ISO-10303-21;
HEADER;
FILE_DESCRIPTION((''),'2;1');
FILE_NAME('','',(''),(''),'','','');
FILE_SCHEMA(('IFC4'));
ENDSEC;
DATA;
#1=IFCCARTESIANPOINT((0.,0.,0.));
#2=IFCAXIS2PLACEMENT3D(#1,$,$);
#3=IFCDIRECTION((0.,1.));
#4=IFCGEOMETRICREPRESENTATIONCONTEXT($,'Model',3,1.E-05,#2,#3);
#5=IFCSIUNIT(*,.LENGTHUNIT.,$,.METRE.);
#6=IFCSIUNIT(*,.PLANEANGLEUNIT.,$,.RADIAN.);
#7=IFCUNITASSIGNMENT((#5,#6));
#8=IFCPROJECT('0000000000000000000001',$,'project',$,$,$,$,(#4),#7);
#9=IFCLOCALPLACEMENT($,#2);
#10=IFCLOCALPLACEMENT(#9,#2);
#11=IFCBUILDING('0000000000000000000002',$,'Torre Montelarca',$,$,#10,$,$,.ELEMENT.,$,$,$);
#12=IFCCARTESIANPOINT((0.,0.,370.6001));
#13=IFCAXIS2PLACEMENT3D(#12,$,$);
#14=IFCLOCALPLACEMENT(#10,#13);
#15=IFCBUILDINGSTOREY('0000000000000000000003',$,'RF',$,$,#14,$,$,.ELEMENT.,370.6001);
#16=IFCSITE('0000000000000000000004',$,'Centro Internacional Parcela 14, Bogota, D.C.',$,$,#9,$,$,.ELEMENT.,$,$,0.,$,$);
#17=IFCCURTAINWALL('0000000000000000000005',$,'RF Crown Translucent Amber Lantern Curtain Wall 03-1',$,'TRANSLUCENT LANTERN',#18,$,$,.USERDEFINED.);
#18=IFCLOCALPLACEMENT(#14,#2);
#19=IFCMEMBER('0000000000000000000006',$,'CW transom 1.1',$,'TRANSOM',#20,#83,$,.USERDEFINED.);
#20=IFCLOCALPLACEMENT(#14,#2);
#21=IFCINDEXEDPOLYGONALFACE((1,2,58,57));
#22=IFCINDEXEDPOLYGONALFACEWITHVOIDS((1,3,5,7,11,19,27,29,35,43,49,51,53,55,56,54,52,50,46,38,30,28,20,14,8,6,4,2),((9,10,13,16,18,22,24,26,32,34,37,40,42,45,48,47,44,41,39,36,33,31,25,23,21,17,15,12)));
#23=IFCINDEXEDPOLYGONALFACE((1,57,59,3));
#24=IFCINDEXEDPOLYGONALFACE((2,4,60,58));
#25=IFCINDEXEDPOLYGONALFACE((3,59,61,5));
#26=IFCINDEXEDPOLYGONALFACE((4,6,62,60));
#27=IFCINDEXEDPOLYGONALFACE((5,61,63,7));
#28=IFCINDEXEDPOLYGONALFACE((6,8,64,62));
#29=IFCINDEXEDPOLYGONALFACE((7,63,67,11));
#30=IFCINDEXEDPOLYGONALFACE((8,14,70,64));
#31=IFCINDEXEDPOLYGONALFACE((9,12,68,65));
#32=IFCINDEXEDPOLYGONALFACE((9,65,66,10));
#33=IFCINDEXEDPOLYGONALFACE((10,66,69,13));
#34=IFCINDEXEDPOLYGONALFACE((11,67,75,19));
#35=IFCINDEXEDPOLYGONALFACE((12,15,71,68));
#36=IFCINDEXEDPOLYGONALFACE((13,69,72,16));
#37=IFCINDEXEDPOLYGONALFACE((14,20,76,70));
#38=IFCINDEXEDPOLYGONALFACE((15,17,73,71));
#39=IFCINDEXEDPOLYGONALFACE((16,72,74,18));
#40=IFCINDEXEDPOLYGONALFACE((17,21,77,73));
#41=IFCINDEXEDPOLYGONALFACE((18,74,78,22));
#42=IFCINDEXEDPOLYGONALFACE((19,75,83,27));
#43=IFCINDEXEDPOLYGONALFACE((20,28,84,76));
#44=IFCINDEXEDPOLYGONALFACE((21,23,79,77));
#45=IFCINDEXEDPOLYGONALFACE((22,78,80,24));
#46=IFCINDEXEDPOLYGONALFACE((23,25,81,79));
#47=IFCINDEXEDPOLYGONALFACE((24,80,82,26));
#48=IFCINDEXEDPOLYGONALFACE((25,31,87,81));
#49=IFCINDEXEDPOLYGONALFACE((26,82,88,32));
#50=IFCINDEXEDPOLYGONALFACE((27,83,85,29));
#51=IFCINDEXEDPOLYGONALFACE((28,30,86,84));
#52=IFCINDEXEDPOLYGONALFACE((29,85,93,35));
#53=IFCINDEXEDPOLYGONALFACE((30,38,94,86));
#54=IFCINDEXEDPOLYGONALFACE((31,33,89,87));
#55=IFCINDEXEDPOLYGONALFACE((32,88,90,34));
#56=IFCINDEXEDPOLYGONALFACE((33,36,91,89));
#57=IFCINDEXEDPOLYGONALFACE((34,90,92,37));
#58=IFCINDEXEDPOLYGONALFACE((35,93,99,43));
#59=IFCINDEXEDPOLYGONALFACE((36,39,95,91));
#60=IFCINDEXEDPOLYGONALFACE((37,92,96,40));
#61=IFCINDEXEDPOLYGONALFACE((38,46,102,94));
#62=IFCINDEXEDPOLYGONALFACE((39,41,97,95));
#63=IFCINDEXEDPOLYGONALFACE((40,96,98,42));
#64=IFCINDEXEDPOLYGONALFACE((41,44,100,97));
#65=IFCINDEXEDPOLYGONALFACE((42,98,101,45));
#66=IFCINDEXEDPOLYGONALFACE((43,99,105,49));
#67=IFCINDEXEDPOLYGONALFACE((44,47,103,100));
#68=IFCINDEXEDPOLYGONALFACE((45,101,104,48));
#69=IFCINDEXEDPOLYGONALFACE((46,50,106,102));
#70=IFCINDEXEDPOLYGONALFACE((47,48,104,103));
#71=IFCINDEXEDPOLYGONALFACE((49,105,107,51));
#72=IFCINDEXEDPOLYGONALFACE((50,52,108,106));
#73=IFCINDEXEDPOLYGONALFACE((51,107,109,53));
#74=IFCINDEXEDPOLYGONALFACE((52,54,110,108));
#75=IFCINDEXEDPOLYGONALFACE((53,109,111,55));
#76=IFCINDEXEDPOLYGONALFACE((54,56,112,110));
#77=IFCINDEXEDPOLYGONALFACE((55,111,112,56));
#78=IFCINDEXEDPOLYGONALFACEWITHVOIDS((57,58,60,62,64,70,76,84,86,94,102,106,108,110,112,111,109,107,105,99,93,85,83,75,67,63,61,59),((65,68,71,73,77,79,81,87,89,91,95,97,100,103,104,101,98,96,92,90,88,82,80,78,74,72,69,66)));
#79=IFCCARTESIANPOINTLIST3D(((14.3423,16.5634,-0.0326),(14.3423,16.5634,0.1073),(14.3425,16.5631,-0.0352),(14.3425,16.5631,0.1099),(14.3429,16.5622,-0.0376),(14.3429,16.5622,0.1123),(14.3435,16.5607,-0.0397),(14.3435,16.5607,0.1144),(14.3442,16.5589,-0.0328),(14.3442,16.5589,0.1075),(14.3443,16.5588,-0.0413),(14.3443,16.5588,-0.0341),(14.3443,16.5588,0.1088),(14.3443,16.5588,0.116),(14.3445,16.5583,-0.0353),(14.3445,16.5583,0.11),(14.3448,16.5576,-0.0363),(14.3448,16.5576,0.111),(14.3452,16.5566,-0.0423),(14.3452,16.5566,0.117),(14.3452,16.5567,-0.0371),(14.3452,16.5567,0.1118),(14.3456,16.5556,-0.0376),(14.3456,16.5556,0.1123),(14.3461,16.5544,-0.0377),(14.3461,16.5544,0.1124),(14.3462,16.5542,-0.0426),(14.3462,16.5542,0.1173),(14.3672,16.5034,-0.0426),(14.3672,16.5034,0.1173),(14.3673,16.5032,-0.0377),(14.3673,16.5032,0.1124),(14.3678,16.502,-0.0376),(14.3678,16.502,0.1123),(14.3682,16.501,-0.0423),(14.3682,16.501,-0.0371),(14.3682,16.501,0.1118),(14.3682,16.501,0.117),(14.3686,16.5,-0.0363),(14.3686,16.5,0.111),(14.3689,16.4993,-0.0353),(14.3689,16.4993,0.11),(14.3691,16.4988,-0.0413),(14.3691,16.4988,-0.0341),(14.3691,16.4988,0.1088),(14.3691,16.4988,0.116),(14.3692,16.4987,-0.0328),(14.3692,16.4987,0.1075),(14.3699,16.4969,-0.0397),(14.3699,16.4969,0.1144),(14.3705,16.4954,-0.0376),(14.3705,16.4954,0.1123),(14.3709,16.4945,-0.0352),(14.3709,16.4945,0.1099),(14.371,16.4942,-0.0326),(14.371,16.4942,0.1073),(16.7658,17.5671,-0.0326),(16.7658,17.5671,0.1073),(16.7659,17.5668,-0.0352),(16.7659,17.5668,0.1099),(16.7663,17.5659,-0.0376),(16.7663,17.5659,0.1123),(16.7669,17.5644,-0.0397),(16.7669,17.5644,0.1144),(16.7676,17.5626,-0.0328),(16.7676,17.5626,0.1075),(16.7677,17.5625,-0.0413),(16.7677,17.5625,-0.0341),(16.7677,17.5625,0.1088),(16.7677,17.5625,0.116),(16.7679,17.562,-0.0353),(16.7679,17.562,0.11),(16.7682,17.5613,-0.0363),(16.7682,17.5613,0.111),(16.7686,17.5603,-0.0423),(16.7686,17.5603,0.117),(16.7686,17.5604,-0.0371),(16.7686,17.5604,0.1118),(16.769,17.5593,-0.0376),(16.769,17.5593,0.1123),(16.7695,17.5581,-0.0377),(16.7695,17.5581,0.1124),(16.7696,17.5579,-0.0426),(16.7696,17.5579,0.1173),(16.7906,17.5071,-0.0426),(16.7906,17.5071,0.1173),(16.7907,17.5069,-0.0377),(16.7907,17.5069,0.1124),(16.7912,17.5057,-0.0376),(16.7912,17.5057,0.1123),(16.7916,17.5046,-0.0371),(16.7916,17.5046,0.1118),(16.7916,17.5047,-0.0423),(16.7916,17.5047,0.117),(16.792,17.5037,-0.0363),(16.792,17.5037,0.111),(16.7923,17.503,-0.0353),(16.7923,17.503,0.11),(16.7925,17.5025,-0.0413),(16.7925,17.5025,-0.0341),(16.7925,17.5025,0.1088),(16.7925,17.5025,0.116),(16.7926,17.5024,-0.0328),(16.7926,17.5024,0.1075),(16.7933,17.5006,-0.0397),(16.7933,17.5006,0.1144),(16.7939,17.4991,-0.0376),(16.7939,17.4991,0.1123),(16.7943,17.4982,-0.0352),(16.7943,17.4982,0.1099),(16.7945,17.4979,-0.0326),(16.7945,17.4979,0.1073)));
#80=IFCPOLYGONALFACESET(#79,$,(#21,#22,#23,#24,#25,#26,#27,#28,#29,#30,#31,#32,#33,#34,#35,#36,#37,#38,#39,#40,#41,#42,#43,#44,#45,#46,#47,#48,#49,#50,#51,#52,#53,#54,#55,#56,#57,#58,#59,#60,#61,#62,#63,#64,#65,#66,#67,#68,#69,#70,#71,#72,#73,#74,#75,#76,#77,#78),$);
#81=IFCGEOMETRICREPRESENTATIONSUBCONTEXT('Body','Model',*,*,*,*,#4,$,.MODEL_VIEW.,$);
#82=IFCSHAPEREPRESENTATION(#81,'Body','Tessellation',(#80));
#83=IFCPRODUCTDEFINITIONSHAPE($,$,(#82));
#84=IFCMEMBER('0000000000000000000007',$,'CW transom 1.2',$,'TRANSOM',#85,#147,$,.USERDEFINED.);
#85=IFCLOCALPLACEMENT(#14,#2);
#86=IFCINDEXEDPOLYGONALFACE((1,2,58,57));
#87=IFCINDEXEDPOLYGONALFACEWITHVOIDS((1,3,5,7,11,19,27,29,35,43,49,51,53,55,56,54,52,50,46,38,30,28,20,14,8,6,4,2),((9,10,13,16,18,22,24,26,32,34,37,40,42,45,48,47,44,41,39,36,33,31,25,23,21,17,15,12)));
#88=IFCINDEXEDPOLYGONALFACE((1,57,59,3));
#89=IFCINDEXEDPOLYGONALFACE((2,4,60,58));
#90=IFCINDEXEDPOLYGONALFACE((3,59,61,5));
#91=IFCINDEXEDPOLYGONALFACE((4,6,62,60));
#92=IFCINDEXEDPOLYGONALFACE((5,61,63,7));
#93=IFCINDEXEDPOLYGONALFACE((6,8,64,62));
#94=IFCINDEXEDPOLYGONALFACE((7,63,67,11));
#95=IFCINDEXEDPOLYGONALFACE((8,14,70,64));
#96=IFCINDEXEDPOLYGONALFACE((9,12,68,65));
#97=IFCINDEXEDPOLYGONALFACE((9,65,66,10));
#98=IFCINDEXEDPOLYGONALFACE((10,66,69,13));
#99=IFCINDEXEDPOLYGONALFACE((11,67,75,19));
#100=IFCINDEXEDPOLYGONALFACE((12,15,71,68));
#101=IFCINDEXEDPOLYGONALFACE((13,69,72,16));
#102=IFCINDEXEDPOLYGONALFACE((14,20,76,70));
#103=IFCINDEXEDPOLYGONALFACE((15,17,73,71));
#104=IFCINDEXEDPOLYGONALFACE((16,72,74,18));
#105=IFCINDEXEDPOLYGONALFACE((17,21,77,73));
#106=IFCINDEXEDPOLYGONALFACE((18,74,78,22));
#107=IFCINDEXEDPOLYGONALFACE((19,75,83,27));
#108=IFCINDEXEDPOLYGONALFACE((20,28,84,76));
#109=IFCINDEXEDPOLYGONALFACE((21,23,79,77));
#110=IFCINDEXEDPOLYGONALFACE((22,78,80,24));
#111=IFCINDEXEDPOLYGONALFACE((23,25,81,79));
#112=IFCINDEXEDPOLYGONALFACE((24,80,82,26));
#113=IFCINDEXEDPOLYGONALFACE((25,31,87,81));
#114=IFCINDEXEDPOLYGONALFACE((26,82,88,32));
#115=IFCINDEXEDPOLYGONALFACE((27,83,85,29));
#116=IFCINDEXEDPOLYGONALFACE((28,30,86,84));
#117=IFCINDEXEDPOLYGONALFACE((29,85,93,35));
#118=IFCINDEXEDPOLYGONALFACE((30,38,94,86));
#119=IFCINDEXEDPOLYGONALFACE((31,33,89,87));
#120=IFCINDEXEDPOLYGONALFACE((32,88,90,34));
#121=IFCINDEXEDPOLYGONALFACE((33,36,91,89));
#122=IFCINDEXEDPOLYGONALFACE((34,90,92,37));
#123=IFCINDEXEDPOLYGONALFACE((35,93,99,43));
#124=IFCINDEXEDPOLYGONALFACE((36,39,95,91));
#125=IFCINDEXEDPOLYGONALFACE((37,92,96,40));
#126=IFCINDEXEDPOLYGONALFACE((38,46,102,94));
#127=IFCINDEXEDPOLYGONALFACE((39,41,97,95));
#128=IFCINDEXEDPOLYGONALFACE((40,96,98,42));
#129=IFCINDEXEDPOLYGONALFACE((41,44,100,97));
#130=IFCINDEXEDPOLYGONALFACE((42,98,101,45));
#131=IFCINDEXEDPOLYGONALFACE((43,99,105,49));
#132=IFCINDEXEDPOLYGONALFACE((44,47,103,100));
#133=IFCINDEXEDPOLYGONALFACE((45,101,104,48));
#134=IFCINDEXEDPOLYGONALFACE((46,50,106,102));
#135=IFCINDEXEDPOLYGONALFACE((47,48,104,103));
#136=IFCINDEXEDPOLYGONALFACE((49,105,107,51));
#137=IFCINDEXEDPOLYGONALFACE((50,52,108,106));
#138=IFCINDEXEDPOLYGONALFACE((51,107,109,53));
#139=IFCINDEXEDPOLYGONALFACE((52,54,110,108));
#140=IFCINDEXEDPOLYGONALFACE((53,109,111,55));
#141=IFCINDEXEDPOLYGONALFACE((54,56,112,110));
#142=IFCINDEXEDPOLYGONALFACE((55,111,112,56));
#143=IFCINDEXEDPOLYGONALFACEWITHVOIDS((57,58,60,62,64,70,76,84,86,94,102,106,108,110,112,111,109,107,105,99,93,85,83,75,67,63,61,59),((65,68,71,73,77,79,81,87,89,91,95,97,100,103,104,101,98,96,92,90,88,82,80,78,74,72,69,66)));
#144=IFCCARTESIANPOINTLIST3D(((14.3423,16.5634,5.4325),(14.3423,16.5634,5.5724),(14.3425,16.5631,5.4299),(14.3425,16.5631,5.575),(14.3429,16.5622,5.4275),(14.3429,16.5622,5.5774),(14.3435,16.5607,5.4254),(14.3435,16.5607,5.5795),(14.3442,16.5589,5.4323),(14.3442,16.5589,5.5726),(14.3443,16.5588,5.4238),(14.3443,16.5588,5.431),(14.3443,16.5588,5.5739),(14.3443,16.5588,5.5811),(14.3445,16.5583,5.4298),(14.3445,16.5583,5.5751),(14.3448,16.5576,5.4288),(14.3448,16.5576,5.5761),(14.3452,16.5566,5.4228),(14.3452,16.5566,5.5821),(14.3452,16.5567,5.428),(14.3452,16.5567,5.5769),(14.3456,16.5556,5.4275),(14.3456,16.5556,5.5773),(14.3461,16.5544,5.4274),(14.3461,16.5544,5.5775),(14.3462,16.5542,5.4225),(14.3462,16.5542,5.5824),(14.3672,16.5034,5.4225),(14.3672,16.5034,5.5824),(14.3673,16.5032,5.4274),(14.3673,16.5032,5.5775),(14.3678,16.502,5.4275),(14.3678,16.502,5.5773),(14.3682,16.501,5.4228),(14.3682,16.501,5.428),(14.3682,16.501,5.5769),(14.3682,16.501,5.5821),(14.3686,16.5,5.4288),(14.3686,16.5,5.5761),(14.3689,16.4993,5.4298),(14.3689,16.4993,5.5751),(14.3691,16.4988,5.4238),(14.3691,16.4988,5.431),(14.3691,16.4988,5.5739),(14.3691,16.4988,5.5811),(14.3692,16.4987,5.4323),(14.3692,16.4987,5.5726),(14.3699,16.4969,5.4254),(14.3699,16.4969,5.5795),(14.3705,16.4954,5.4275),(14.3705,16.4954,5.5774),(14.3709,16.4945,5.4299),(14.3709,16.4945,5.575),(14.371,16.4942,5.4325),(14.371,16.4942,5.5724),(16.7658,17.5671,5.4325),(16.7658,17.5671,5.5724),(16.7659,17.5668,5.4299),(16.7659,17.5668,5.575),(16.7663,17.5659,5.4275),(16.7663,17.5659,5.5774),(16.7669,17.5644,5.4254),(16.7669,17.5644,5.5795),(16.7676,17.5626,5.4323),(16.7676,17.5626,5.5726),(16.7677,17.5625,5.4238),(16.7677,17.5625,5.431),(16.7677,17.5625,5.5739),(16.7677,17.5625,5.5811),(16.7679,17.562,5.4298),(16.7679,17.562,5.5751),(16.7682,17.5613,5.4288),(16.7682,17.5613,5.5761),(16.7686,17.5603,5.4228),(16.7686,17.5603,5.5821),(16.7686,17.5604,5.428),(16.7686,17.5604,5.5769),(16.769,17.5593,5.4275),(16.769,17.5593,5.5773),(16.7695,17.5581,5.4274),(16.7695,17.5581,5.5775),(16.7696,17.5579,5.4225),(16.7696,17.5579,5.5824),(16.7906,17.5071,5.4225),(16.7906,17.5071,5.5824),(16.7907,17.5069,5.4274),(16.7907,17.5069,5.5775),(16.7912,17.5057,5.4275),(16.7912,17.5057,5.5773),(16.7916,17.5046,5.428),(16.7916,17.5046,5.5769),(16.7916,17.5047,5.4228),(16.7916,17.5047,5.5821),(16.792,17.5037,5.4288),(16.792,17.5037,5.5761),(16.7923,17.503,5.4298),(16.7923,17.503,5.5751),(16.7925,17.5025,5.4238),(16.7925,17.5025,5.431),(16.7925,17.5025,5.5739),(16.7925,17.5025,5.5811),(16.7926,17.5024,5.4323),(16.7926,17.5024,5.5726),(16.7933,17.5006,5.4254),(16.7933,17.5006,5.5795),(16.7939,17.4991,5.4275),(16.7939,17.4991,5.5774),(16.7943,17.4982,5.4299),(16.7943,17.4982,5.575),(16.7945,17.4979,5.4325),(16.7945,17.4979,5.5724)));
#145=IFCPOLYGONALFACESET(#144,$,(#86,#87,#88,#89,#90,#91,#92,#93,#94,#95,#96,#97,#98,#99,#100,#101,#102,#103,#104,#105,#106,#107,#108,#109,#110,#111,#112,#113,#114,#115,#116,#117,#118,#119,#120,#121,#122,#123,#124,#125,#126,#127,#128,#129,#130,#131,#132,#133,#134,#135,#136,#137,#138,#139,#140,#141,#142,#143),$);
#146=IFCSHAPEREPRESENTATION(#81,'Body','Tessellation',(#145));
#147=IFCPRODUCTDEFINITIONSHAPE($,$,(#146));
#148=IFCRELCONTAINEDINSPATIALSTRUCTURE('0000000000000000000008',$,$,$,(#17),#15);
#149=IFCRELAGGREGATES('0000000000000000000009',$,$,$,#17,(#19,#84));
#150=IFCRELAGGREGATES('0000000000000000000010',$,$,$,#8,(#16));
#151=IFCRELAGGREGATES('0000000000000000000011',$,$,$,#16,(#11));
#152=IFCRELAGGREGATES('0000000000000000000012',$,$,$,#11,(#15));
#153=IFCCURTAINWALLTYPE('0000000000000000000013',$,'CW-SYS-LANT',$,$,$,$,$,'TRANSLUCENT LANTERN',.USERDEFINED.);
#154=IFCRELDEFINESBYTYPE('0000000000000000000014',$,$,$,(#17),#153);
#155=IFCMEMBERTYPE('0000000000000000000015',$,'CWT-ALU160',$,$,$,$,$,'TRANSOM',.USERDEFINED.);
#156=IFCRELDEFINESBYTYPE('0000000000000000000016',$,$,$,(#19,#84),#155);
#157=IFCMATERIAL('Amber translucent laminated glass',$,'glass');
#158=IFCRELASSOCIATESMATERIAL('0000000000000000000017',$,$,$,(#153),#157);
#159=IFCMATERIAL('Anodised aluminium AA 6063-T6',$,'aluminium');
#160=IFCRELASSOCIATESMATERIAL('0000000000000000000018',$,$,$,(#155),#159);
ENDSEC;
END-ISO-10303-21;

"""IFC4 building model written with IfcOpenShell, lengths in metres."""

from ifc_helpers import new_model, si_unit, direction, frame, origin, origin_2d, place, context, subcontext, project, spatial, hollow_rectangle, extrude, source, transform, mapped, material, material_profile, profile_set, type_object, element, aggregate, save


model = new_model("IFC4")

# Units and contexts
model_context = context("Model", 3, precision=1e-05, world=origin(), true_north=direction((0.0, 1.0)))
body_context = subcontext(model_context, "Body", "Model", "MODEL_VIEW")
ifc_project = project(units=[si_unit("LENGTHUNIT", "METRE"), si_unit("PLANEANGLEUNIT", "RADIAN")], contexts=[model_context])

# Site, building, storey
site_placement = place(None, origin())
site = spatial("IfcSite", under=ifc_project, at=site_placement, Name="Centro Internacional Parcela 14, Bogota, D.C.", CompositionType="ELEMENT", RefElevation=0.0)
building_placement = place(site_placement, origin())
building = spatial("IfcBuilding", under=site, at=building_placement, Name="Torre Montelarca", CompositionType="ELEMENT")
storey_placement = place(building_placement, frame((0.0, 0.0, 370.6001)))
storey = spatial("IfcBuildingStorey", under=building, at=storey_placement, Name="RF", CompositionType="ELEMENT", Elevation=370.6001)

# Curtain wall
ifc_material_1 = material(Name="Amber translucent laminated glass", Category="glass")
curtain_wall_type = type_object("IfcCurtainWallType", Name="CW-SYS-LANT", ElementType="TRANSLUCENT LANTERN", PredefinedType="USERDEFINED", material=ifc_material_1)
ifc_material_2 = material(Name="Anodised aluminium AA 6063-T6", Category="aluminium")
curtain_wall_1_placement = place(storey_placement, origin())
curtain_wall_1 = element("IfcCurtainWall", 1, at=curtain_wall_1_placement, inside=storey, type_object=curtain_wall_type, Name="RF Crown Translucent Amber Lantern Curtain Wall 03-1", ObjectType="TRANSLUCENT LANTERN", PredefinedType="USERDEFINED")

# Members
ifc_material_profile_1 = material_profile(ifc_material_2, hollow_rectangle(XDim=0.075, YDim=0.1599, WallThickness=0.0049, InnerFilletRadius=0.0049, OuterFilletRadius=0.01, at=origin_2d()), Name="ALU75X160X5", Category="aluminium")
ifc_profile_set_1 = profile_set([ifc_material_profile_1], Name="Anodised aluminium AA 6063-T6")
member_type_1 = type_object("IfcMemberType", Name="CWT-ALU160", ElementType="TRANSOM", PredefinedType="USERDEFINED", material=ifc_profile_set_1)
shared_shape_1 = source(origin(), body_context, "Body", "SweptSolid", [
    extrude(hollow_rectangle(XDim=0.075, YDim=0.1599, WallThickness=0.0049, InnerFilletRadius=0.0049, OuterFilletRadius=0.01, at=origin_2d()), origin(), (0.0, 0.0, 1.0), 2.623),
])
member_1_placement = place(storey_placement, frame((14.3567, 16.5288, 0.0374), z_axis=(0.923895, 0.382645, 0.0), x_axis=(-0.382645, 0.923895, 0.0)))
member_1 = element("IfcMember", 2, at=member_1_placement, type_object=member_type_1, Name="CW transom 1.1", ObjectType="TRANSOM", PredefinedType="USERDEFINED", context=body_context, shape_type="MappedRepresentation", body=[
    mapped(shared_shape_1, transform((0.0, 0.0, 0.0), scale=1.0)),
])
member_2_placement = place(storey_placement, frame((14.3567, 16.5288, 5.5024), z_axis=(0.923895, 0.382645, 0.0), x_axis=(-0.382645, 0.923895, 0.0)))
member_2 = element("IfcMember", 3, at=member_2_placement, type_object=member_type_1, Name="CW transom 1.2", ObjectType="TRANSOM", PredefinedType="USERDEFINED", context=body_context, shape_type="MappedRepresentation", body=[
    mapped(shared_shape_1, transform((0.0, 0.0, 0.0), scale=1.0)),
])

aggregate(curtain_wall_1, [member_1, member_2])

save(model, "model.ifc")
